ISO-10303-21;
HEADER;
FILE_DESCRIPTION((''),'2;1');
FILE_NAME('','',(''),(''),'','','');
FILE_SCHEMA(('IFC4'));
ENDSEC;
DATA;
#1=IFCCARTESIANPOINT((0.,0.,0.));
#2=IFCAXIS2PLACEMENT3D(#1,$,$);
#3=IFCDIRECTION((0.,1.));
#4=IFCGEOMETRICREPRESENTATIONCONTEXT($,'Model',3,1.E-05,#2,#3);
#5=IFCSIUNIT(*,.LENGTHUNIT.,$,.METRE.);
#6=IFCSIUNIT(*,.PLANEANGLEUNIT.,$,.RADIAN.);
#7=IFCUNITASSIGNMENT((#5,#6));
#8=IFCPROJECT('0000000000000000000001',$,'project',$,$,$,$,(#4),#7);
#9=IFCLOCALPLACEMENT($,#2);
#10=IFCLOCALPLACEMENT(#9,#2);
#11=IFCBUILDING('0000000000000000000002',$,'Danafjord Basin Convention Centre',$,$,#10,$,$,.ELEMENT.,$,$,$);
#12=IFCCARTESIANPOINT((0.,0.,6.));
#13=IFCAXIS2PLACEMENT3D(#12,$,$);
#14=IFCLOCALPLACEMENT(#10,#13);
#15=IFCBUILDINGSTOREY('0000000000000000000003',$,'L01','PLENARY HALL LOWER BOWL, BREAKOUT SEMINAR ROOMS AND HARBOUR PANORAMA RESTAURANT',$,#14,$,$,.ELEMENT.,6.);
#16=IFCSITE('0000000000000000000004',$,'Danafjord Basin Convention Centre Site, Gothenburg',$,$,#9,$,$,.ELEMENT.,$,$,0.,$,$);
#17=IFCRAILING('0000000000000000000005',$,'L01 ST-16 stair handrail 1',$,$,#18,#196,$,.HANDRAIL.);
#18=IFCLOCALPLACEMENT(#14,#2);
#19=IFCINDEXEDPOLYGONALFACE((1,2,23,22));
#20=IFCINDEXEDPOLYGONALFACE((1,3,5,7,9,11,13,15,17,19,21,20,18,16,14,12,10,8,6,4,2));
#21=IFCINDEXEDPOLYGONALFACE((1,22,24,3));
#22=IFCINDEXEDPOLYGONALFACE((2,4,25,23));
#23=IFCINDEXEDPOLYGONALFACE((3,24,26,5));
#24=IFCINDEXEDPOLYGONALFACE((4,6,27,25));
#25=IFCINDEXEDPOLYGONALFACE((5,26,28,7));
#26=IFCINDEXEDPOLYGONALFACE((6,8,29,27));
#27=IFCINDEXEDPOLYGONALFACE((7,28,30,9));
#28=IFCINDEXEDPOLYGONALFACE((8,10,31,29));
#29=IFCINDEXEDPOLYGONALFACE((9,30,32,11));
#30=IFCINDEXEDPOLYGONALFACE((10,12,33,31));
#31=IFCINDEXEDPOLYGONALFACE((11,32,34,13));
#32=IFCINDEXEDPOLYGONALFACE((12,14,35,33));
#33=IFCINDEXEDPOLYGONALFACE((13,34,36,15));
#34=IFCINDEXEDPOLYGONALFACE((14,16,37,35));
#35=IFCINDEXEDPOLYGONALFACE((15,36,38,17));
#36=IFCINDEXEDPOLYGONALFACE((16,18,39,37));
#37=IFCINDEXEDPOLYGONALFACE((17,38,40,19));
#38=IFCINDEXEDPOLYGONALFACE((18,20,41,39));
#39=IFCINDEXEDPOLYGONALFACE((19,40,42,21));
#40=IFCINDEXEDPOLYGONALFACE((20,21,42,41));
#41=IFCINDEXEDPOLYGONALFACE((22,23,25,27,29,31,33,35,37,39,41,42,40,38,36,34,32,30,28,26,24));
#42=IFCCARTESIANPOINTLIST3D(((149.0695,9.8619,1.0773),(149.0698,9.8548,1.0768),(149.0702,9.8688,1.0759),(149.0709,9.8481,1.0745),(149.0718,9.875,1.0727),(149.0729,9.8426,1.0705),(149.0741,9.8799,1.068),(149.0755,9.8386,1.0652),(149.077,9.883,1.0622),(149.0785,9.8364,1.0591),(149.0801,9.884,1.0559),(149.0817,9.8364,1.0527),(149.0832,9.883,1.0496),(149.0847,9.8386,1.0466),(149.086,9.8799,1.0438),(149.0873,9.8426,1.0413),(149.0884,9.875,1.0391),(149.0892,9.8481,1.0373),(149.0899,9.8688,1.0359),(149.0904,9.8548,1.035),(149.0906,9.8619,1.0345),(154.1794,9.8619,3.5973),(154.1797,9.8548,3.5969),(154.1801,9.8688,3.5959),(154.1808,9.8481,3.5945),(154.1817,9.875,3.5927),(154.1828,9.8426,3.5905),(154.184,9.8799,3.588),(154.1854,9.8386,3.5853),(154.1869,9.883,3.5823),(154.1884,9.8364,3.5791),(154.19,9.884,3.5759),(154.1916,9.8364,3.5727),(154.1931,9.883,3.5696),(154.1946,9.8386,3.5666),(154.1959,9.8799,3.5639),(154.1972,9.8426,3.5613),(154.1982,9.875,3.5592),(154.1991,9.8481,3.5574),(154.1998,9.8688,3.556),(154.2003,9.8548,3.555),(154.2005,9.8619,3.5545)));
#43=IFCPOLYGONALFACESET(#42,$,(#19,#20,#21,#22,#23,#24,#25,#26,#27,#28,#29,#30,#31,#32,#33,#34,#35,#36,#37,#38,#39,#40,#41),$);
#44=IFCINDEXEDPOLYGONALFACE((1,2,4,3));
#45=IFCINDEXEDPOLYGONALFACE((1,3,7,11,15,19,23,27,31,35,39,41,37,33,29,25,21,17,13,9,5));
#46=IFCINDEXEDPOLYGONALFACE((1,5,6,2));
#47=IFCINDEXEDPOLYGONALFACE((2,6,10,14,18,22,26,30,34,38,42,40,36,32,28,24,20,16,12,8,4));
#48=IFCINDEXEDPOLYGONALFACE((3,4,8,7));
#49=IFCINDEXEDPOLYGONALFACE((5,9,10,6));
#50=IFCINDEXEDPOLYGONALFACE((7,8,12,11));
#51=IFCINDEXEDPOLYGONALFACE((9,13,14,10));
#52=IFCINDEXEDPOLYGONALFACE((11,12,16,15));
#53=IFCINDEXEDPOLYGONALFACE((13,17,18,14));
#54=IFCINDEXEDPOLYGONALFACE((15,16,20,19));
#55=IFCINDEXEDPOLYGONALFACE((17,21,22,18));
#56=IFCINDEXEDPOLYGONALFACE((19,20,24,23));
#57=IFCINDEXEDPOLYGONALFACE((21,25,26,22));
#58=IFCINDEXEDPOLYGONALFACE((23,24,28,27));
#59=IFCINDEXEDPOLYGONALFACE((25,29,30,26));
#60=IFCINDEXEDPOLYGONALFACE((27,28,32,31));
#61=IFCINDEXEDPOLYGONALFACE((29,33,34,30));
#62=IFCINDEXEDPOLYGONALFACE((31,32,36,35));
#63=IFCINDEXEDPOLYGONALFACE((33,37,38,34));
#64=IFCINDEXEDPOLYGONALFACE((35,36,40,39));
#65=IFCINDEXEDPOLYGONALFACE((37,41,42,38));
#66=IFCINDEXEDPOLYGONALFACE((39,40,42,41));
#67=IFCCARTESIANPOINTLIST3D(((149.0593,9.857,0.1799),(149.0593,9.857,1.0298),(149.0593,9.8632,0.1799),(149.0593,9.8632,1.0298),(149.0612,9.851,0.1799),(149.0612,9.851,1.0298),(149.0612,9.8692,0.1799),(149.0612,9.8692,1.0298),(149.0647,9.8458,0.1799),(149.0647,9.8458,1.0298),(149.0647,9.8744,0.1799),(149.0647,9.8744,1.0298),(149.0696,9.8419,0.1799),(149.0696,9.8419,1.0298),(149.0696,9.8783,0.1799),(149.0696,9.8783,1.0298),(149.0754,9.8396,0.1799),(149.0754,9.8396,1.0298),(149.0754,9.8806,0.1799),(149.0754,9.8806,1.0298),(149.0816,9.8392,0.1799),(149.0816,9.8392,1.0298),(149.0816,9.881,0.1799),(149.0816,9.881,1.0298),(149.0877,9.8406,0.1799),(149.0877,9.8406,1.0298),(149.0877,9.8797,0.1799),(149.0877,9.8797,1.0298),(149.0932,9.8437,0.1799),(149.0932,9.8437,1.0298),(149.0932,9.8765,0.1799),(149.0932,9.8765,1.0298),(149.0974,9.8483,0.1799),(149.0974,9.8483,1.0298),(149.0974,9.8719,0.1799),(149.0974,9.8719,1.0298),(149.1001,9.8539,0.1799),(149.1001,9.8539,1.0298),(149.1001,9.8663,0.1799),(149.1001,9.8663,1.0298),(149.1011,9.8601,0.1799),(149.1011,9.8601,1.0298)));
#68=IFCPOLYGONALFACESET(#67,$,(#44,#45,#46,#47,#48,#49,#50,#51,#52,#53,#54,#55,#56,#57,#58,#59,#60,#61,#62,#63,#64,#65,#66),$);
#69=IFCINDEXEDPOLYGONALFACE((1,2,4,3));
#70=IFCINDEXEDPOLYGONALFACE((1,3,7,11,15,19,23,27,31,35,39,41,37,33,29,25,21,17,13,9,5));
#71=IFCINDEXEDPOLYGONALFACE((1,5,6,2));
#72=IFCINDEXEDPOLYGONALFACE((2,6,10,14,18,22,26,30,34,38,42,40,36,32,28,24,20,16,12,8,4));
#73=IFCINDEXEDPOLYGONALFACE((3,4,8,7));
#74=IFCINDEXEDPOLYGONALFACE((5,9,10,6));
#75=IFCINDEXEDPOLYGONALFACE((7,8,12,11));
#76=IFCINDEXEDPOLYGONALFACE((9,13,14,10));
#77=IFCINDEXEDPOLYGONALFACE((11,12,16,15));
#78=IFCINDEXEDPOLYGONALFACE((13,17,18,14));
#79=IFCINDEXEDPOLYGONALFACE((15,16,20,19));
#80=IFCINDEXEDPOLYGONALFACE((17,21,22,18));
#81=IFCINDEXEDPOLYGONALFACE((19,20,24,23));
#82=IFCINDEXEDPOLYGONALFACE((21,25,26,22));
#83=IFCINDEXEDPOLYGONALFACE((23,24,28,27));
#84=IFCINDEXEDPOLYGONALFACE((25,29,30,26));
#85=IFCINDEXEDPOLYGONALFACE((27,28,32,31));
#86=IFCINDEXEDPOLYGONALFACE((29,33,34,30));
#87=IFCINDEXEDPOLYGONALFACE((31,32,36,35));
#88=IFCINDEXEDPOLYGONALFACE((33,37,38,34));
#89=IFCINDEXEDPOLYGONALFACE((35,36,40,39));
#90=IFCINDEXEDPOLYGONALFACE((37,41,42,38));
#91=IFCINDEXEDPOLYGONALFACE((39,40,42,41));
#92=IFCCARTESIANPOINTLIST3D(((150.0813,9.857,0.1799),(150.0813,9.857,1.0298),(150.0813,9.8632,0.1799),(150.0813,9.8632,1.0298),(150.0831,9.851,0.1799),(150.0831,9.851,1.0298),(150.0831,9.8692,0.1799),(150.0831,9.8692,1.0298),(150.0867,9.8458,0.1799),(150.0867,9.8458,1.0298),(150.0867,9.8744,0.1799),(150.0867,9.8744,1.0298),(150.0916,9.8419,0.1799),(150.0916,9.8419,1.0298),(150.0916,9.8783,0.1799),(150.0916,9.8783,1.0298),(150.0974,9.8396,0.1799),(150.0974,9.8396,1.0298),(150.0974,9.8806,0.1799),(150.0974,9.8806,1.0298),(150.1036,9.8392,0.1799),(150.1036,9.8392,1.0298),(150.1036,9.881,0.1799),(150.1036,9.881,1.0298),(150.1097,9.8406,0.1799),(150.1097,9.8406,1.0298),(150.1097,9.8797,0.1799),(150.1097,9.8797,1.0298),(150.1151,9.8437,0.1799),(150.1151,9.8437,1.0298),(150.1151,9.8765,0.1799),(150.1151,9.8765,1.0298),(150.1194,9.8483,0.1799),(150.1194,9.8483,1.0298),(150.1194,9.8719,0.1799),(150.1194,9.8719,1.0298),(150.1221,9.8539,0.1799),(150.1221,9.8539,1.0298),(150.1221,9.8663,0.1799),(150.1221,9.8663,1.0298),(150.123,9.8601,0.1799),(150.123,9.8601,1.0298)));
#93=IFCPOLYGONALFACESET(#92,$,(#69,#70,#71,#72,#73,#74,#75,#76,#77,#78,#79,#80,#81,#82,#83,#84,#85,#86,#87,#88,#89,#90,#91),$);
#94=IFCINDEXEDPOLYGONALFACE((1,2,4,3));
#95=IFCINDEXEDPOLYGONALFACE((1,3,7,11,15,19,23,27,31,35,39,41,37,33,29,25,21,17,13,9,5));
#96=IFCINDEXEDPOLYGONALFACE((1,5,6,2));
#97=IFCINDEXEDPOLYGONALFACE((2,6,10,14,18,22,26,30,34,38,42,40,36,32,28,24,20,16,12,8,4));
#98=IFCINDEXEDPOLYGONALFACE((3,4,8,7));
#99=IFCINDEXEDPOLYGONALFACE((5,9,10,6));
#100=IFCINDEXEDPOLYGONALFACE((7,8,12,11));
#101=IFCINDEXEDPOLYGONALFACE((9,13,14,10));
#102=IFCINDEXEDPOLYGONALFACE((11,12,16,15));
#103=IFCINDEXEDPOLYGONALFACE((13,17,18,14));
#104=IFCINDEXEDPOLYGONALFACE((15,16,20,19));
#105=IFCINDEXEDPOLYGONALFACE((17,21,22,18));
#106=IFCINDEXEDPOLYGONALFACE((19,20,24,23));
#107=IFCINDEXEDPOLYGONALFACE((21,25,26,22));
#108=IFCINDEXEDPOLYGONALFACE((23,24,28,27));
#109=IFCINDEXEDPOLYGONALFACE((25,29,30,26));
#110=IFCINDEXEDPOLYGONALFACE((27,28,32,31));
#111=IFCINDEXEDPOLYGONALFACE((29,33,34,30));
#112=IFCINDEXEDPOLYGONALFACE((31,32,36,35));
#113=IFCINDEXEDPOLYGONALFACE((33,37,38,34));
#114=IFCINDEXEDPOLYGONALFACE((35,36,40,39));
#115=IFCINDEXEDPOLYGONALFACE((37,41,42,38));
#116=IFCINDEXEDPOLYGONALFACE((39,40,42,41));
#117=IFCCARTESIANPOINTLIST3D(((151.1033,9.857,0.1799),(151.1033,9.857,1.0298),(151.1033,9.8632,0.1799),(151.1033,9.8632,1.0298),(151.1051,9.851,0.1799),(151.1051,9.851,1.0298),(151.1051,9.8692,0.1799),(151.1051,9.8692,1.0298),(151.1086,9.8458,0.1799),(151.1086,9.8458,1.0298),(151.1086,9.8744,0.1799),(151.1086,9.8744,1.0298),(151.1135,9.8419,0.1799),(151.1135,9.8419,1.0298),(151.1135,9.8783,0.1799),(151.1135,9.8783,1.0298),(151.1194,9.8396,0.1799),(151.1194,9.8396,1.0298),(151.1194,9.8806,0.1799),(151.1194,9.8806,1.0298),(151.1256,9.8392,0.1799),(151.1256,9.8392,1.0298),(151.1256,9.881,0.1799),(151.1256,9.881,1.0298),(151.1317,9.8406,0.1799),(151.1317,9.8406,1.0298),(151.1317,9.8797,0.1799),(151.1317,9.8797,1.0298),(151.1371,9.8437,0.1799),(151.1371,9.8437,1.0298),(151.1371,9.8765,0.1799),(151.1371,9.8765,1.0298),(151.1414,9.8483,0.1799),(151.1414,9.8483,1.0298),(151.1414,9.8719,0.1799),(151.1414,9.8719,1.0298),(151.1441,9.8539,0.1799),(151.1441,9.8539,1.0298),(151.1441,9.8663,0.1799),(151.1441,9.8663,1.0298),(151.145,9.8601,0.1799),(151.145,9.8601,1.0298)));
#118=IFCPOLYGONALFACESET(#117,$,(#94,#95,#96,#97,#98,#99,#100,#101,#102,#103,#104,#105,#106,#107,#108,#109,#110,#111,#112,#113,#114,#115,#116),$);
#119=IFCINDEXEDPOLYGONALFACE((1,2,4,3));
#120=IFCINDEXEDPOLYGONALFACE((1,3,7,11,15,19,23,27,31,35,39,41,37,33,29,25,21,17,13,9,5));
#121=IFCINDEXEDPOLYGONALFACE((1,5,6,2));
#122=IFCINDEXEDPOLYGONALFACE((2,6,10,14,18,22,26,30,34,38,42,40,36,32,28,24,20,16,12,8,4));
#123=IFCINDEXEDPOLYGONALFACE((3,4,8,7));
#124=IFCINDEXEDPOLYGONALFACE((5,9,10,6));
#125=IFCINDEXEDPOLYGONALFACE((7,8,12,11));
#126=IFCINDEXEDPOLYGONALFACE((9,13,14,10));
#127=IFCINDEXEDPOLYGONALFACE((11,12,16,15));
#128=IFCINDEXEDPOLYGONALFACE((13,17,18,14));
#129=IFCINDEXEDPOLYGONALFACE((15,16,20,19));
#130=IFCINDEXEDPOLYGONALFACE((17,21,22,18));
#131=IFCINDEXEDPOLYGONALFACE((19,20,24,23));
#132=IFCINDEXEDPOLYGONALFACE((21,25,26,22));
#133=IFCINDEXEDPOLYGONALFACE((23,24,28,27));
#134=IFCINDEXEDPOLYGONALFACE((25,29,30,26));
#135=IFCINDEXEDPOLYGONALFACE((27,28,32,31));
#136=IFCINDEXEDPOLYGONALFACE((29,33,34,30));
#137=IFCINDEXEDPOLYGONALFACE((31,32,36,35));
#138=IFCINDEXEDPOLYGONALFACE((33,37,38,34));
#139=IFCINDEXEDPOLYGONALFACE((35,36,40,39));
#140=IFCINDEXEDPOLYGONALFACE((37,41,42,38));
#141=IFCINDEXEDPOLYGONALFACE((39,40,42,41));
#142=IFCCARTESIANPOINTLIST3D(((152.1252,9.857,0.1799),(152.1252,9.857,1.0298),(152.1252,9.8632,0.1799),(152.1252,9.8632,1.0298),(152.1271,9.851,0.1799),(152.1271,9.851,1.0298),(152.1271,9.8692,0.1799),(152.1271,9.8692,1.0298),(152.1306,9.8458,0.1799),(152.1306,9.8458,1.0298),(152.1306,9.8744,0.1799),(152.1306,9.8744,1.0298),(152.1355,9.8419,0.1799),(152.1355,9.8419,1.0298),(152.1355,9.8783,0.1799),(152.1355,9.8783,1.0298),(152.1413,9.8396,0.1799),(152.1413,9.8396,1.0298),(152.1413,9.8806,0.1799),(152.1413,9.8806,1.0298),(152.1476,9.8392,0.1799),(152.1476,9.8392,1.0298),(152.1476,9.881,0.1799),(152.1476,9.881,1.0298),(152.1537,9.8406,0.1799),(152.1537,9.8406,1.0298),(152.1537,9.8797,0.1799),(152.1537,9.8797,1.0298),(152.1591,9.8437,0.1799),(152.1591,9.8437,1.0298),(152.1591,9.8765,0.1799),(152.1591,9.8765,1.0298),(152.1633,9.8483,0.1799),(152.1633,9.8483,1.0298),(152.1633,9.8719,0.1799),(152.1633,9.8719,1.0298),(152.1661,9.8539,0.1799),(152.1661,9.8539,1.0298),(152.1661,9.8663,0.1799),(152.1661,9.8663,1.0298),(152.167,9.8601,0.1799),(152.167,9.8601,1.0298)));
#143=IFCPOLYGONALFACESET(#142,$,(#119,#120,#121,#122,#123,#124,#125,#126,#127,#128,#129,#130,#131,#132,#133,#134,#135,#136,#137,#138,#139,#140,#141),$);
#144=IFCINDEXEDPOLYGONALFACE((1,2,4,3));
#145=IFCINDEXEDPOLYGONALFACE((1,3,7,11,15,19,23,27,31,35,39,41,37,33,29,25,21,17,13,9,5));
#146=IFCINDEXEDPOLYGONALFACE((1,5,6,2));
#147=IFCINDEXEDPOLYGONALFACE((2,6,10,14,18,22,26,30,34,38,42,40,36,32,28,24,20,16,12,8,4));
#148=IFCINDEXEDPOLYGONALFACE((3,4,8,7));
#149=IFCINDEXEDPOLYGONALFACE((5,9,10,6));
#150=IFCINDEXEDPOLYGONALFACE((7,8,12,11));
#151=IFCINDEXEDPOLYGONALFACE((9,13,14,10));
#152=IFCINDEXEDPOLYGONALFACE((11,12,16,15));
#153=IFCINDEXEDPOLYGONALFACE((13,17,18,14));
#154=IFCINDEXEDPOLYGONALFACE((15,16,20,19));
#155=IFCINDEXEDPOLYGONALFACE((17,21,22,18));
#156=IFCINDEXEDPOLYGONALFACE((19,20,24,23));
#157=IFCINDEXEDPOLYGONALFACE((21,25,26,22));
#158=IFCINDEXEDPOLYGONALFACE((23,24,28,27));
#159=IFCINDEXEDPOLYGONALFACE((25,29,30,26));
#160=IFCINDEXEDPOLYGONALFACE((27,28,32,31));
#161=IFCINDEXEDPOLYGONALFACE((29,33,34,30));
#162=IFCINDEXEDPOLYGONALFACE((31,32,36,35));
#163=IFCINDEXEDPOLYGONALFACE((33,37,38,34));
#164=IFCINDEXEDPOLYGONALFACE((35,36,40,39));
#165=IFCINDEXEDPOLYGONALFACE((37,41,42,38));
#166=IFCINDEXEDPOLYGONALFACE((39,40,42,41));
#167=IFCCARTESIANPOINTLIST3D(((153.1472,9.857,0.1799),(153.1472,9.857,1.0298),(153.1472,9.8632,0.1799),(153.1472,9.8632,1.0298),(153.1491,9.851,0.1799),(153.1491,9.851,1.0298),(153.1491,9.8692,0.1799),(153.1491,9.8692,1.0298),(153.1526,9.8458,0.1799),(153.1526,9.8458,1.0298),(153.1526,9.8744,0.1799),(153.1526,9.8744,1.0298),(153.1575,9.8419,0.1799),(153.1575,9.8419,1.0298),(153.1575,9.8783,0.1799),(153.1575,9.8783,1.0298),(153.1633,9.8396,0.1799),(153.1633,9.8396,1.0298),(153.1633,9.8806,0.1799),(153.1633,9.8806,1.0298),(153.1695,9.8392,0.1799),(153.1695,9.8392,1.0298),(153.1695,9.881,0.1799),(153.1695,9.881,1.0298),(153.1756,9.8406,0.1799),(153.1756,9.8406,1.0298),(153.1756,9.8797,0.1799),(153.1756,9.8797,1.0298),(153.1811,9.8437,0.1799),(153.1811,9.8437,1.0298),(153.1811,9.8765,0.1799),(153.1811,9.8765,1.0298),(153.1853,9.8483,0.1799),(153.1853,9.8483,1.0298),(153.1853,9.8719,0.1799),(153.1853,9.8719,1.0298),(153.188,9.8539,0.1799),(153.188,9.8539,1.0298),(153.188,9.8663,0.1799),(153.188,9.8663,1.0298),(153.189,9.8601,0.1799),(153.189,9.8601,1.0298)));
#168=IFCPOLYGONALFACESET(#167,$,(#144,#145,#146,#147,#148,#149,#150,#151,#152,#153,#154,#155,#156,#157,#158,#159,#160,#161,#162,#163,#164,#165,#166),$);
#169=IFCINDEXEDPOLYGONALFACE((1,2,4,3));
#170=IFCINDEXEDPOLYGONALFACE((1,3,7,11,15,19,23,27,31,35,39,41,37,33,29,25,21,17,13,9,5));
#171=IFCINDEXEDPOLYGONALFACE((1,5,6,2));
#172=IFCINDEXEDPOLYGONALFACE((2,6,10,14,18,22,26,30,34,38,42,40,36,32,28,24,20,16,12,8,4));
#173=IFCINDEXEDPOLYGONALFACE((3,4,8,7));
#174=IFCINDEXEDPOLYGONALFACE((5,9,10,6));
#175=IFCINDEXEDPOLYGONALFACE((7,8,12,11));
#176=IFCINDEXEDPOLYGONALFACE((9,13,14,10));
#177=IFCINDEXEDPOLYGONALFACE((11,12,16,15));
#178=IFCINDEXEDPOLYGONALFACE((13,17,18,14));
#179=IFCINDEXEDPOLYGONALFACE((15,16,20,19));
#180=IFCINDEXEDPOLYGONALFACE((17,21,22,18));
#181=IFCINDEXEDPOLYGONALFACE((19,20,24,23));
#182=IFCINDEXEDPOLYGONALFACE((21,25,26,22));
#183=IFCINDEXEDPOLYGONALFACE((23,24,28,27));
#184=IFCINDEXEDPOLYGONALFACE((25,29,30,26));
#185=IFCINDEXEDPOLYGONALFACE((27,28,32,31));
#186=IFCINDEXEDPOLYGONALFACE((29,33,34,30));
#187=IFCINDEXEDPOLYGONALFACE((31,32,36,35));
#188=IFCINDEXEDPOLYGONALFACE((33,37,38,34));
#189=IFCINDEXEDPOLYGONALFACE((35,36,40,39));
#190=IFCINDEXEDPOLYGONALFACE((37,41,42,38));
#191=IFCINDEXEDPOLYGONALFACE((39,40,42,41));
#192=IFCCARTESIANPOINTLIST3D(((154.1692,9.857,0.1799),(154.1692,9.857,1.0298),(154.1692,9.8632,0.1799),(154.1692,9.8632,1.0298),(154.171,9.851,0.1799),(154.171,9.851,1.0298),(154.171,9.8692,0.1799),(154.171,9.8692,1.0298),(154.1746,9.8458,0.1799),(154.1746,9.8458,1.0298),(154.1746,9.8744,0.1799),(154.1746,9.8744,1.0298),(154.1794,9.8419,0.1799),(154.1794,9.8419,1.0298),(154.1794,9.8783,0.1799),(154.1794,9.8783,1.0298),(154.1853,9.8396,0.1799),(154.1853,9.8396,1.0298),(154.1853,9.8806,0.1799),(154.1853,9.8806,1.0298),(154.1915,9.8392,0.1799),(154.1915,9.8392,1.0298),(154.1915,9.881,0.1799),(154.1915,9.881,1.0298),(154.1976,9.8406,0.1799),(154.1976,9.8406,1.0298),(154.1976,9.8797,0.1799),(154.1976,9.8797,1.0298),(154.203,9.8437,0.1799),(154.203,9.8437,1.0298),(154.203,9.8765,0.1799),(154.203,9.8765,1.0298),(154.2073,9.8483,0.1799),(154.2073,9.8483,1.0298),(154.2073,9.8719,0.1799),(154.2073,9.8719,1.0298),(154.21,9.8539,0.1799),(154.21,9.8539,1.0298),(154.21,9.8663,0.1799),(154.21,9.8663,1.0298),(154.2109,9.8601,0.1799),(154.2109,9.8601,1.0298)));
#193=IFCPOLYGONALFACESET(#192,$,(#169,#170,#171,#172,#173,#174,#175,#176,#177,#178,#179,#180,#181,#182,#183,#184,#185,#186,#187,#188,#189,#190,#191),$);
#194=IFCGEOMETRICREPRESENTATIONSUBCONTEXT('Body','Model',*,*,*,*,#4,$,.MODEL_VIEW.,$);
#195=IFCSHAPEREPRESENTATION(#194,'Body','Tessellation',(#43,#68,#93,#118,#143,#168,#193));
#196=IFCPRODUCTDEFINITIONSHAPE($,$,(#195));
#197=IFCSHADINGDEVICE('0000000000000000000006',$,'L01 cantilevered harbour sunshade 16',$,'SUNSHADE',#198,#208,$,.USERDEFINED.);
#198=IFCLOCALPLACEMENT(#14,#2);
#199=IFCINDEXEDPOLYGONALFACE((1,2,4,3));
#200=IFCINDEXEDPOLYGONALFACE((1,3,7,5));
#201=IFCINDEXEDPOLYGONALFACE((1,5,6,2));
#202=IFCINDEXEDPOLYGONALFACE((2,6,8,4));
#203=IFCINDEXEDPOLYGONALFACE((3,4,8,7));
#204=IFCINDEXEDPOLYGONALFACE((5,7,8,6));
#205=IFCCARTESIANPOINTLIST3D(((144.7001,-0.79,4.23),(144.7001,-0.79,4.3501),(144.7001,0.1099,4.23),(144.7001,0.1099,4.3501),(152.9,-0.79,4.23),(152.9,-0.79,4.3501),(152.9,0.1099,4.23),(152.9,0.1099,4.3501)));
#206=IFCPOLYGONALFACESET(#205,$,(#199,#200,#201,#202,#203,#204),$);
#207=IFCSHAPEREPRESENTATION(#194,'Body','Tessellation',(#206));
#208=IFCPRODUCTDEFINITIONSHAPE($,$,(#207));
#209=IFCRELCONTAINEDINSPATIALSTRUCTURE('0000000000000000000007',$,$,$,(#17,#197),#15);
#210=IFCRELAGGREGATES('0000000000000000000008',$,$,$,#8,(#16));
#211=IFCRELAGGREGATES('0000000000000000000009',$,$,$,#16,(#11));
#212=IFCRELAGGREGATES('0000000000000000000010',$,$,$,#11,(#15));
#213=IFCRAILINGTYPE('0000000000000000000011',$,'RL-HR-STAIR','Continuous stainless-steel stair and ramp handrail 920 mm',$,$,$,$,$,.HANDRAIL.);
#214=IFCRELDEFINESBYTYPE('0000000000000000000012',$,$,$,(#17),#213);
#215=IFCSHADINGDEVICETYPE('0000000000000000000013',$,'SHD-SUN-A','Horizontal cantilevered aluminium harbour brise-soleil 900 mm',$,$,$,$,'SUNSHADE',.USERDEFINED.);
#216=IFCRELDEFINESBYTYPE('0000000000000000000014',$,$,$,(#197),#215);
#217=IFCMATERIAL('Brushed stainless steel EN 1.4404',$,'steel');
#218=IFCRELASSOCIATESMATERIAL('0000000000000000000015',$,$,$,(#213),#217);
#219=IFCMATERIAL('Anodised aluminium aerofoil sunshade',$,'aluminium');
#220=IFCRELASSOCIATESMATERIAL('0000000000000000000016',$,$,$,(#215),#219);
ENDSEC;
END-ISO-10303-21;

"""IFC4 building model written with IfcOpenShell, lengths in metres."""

from ifc_helpers import new_model, si_unit, direction, frame, origin, origin_2d, place, context, subcontext, project, spatial, rectangle, circle, extrude, material, type_object, element, save


model = new_model("IFC4")

# Units and contexts
model_context = context("Model", 3, precision=1e-05, world=origin(), true_north=direction((0.0, 1.0)))
body_context = subcontext(model_context, "Body", "Model", "MODEL_VIEW")
ifc_project = project(units=[si_unit("LENGTHUNIT", "METRE"), si_unit("PLANEANGLEUNIT", "RADIAN")], contexts=[model_context])

# Site, building, storey
site_placement = place(None, origin())
site = spatial("IfcSite", under=ifc_project, at=site_placement, Name="Danafjord Basin Convention Centre Site, Gothenburg", CompositionType="ELEMENT", RefElevation=0.0)
building_placement = place(site_placement, origin())
building = spatial("IfcBuilding", under=site, at=building_placement, Name="Danafjord Basin Convention Centre", CompositionType="ELEMENT")
storey_placement = place(building_placement, frame((0.0, 0.0, 6.0)))
storey = spatial("IfcBuildingStorey", under=building, at=storey_placement, Name="L01", Description="PLENARY HALL LOWER BOWL, BREAKOUT SEMINAR ROOMS AND HARBOUR PANORAMA RESTAURANT", CompositionType="ELEMENT", Elevation=6.0)

# Railing
ifc_material_1 = material(Name="Brushed stainless steel EN 1.4404", Category="steel")
railing_type_1 = type_object("IfcRailingType", Name="RL-HR-STAIR", Description="Continuous stainless-steel stair and ramp handrail 920 mm", PredefinedType="HANDRAIL", material=ifc_material_1)
railing_1_placement = place(storey_placement, frame((149.0801, 9.8601, 0.1799)))
element("IfcRailing", 1, at=railing_1_placement, inside=storey, type_object=railing_type_1, Name="L01 ST-16 stair handrail 1", PredefinedType="HANDRAIL", context=body_context, shape_type="SweptSolid", body=[
    extrude(circle(Radius=0.0239, at=origin_2d()), frame((0.0, 0.0, 0.876), z_axis=(0.896865, 0.0, 0.442305), x_axis=(0.0, 1.0, 0.0)), (0.0, 0.0, 1.0), 5.6975),
    extrude(circle(Radius=0.021, at=origin_2d()), origin(), (0.0, 0.0, 1.0), 0.8499),
    extrude(circle(Radius=0.021, at=origin_2d()), frame((1.022, 0.0, 0.0)), (0.0, 0.0, 1.0), 0.8499),
    extrude(circle(Radius=0.021, at=origin_2d()), frame((2.0439, 0.0, 0.0)), (0.0, 0.0, 1.0), 0.8499),
    extrude(circle(Radius=0.021, at=origin_2d()), frame((3.0659, 0.0, 0.0)), (0.0, 0.0, 1.0), 0.8499),
    extrude(circle(Radius=0.021, at=origin_2d()), frame((4.0879, 0.0, 0.0)), (0.0, 0.0, 1.0), 0.8499),
    extrude(circle(Radius=0.021, at=origin_2d()), frame((5.1099, 0.0, 0.0)), (0.0, 0.0, 1.0), 0.8499),
])

# Shading device
ifc_material_2 = material(Name="Anodised aluminium aerofoil sunshade", Category="aluminium")
shading_device_type = type_object("IfcShadingDeviceType", Name="SHD-SUN-A", Description="Horizontal cantilevered aluminium harbour brise-soleil 900 mm", ElementType="SUNSHADE", PredefinedType="USERDEFINED", material=ifc_material_2)
shading_device_placement = place(storey_placement, frame((148.8, -0.3401, 4.23), z_axis=(0.0, 0.0, 1.0), x_axis=(1.0, 0.0, 0.0)))
element("IfcShadingDevice", 2, at=shading_device_placement, inside=storey, type_object=shading_device_type, Name="L01 cantilevered harbour sunshade 16", ObjectType="SUNSHADE", PredefinedType="USERDEFINED", context=body_context, shape_type="SweptSolid", body=[
    extrude(rectangle(XDim=8.2, YDim=0.8999, at=origin_2d()), origin(), (0.0, 0.0, 1.0), 0.1201),
])

save(model, "model.ifc")
